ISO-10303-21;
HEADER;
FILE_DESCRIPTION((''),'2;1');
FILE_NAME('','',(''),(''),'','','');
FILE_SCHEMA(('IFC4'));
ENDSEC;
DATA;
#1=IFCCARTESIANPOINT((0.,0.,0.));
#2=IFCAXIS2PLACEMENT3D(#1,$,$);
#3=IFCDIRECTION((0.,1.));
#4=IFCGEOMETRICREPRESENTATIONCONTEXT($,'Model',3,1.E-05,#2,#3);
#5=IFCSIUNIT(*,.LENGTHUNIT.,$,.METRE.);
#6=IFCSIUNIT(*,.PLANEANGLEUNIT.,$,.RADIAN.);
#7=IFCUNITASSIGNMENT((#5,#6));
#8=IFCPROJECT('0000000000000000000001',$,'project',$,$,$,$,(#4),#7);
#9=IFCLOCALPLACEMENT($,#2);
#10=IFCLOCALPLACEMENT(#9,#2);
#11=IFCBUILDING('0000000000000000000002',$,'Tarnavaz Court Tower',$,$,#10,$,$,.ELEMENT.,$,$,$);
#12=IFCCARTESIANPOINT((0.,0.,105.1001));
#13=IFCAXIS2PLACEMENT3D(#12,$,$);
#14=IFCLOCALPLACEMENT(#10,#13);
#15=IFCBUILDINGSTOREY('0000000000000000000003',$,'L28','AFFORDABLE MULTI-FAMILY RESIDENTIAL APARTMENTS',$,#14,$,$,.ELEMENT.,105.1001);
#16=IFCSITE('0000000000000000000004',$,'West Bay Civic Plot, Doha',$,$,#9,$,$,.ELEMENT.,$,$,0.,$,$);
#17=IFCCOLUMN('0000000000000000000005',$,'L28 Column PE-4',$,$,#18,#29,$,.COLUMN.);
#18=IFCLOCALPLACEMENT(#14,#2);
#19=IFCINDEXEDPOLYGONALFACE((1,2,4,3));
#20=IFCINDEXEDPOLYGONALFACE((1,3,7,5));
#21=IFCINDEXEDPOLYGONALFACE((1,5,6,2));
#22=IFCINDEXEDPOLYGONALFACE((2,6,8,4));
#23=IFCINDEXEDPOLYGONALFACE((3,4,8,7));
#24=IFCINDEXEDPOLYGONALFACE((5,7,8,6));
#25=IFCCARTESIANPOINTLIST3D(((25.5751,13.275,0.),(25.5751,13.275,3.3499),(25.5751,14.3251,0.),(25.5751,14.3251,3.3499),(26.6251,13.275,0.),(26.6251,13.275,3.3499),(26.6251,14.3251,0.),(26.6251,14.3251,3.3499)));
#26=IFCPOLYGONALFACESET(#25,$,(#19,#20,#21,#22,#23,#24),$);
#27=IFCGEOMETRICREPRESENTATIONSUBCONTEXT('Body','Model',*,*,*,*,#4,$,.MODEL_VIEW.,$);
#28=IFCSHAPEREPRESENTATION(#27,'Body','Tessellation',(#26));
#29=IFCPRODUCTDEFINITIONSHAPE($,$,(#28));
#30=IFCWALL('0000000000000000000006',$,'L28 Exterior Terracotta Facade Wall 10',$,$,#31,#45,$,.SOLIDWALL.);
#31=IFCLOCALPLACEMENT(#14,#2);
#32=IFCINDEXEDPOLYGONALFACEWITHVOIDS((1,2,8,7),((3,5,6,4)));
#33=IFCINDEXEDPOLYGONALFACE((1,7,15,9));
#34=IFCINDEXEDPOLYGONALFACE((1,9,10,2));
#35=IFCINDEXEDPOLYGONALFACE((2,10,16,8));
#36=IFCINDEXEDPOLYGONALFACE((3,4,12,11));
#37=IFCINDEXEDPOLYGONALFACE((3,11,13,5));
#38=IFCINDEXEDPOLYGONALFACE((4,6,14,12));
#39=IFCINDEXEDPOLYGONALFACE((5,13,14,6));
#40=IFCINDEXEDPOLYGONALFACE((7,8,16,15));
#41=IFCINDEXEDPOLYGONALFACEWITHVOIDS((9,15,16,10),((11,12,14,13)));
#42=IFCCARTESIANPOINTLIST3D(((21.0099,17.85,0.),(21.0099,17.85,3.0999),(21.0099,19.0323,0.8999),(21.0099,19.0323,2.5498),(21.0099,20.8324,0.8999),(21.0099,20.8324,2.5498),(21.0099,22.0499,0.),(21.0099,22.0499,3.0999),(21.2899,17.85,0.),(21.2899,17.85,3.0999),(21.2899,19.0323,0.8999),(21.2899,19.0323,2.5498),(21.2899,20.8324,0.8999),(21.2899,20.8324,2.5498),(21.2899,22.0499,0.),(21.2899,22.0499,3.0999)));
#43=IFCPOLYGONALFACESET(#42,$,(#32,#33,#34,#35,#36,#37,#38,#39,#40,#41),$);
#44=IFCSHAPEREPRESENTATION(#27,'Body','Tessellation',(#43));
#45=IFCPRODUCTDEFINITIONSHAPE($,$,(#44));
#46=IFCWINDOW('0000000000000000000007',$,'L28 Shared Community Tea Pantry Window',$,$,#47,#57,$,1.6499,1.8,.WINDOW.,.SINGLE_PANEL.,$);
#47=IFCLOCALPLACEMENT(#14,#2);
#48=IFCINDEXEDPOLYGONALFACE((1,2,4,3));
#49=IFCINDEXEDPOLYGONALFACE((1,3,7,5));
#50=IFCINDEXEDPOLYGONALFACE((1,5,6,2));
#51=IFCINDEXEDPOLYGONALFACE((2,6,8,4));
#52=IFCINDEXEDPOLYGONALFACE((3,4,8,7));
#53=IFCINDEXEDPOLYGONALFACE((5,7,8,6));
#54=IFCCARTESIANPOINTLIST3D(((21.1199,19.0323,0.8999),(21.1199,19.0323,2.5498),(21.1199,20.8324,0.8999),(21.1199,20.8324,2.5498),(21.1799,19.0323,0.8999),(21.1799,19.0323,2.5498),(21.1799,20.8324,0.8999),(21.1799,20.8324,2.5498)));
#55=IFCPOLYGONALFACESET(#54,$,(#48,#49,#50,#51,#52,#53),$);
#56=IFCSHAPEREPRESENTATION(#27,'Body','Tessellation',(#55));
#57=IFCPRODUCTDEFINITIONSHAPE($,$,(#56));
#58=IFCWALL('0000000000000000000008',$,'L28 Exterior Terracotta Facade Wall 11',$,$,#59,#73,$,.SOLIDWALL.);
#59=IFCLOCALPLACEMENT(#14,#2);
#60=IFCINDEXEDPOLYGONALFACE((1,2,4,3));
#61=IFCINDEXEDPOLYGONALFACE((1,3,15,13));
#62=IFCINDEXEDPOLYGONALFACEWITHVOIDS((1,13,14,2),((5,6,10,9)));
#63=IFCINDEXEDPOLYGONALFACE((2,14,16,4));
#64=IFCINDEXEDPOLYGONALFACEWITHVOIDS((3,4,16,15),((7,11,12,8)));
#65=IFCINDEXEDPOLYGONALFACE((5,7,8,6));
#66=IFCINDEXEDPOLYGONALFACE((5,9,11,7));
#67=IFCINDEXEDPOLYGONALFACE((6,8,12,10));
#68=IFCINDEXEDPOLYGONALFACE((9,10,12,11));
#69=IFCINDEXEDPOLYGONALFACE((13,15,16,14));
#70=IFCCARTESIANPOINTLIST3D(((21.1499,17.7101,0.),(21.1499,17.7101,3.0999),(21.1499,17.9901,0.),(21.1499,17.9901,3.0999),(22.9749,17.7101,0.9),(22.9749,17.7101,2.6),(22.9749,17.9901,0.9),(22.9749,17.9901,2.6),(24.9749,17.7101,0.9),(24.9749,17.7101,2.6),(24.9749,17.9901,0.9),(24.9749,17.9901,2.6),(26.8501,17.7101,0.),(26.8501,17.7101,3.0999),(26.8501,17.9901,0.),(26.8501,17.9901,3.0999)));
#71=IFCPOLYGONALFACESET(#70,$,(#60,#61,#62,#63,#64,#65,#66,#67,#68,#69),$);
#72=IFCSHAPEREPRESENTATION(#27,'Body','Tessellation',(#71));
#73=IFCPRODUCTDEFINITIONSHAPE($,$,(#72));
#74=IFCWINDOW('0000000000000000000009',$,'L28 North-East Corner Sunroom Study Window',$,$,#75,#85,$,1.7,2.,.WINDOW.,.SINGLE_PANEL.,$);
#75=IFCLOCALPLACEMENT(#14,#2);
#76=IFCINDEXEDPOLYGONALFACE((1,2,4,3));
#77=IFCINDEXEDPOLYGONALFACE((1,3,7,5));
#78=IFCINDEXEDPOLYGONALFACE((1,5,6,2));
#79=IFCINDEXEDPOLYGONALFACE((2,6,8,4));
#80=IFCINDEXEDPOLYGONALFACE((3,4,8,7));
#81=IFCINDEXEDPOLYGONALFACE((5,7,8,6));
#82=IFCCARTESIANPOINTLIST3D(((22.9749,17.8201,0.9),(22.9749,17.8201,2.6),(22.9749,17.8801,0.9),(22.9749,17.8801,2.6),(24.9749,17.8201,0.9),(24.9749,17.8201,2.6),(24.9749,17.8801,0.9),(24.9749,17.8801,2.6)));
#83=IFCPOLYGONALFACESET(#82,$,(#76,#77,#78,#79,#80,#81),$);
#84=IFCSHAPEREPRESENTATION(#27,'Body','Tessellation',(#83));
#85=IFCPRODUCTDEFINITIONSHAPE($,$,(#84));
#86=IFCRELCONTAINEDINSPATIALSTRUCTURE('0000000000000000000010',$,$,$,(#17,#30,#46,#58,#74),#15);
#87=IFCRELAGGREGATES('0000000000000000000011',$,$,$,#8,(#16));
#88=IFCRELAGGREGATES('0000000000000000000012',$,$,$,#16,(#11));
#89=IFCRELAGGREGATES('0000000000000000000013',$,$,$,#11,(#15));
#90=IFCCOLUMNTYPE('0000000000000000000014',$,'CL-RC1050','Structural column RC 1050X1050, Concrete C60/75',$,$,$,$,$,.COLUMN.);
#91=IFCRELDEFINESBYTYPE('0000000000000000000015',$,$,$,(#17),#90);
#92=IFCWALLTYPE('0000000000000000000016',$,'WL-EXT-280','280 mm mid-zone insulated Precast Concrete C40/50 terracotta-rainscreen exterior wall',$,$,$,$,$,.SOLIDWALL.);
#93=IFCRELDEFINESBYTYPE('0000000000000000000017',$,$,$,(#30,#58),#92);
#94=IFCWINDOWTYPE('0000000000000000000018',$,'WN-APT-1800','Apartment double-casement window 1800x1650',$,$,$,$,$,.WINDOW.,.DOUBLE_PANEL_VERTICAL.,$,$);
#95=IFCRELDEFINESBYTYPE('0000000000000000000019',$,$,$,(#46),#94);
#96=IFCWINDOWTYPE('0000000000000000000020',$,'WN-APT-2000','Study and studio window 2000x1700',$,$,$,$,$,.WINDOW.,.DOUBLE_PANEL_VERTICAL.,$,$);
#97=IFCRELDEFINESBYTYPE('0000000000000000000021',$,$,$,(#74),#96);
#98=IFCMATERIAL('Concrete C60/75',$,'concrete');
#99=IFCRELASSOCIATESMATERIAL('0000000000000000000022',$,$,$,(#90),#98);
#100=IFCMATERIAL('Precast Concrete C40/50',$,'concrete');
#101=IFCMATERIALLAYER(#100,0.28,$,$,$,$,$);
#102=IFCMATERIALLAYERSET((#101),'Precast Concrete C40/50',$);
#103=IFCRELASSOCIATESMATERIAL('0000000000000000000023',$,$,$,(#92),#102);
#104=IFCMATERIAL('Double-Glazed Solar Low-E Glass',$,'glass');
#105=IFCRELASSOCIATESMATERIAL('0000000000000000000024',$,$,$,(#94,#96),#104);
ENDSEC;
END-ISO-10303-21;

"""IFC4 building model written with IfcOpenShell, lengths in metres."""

from ifc_helpers import new_model, si_unit, direction, frame, frame_2d, origin, origin_2d, place, context, subcontext, project, spatial, rectangle, extrude, material, layer, layer_set, material_profile, profile_set, type_object, element, fill, save


model = new_model("IFC4")

# Units and contexts
model_context = context("Model", 3, precision=1e-05, world=origin(), true_north=direction((0.0, 1.0)))
body_context = subcontext(model_context, "Body", "Model", "MODEL_VIEW")
ifc_project = project(units=[si_unit("LENGTHUNIT", "METRE"), si_unit("PLANEANGLEUNIT", "RADIAN")], contexts=[model_context])

# Site, building, storey
site_placement = place(None, origin())
site = spatial("IfcSite", under=ifc_project, at=site_placement, Name="West Bay Civic Plot, Doha", CompositionType="ELEMENT", RefElevation=0.0)
building_placement = place(site_placement, origin())
building = spatial("IfcBuilding", under=site, at=building_placement, Name="Tarnavaz Court Tower", CompositionType="ELEMENT")
storey_placement = place(building_placement, frame((0.0, 0.0, 105.1001)))
storey = spatial("IfcBuildingStorey", under=building, at=storey_placement, Name="L28", Description="AFFORDABLE MULTI-FAMILY RESIDENTIAL APARTMENTS", CompositionType="ELEMENT", Elevation=105.1001)

# Column
ifc_material_1 = material(Name="Concrete C60/75", Category="concrete")
ifc_material_profile_1 = material_profile(ifc_material_1, rectangle(XDim=1.05, YDim=1.05, at=origin_2d()), Name="RC 1050X1050")
ifc_profile_set_1 = profile_set([ifc_material_profile_1], Name="Concrete C60/75")
column_type = type_object("IfcColumnType", Name="CL-RC1050", Description="Structural column RC 1050X1050, Concrete C60/75", PredefinedType="COLUMN", material=ifc_profile_set_1)
column_placement = place(storey_placement, frame((26.1001, 13.8, 0.0), z_axis=(0.0, 0.0, 1.0), x_axis=(1.0, 0.0, 0.0)))
element("IfcColumn", 1, at=column_placement, inside=storey, type_object=column_type, Name="L28 Column PE-4", PredefinedType="COLUMN", context=body_context, shape_type="SweptSolid", body=[
    extrude(rectangle(XDim=1.05, YDim=1.05, at=origin_2d()), origin(), (0.0, 0.0, 1.0), 3.3499),
])

# Walls, openings, windows
ifc_material_2 = material(Name="Precast Concrete C40/50", Category="concrete")
ifc_layer_1 = layer(ifc_material_2, 0.28)
ifc_layer_set_1 = layer_set([ifc_layer_1], Name="Precast Concrete C40/50")
wall_type_1 = type_object("IfcWallType", Name="WL-EXT-280", Description="280 mm mid-zone insulated Precast Concrete C40/50 terracotta-rainscreen exterior wall", PredefinedType="SOLIDWALL", material=ifc_layer_set_1)
wall_1_placement = place(storey_placement, frame((21.1499, 22.05, 0.0), z_axis=(0.0, 0.0, 1.0), x_axis=(0.0, -1.0, 0.0)))
wall_1 = element("IfcWall", 2, at=wall_1_placement, inside=storey, type_object=wall_type_1, Name="L28 Exterior Terracotta Facade Wall 10", PredefinedType="SOLIDWALL", context=body_context, shape_type="SweptSolid", body=[
    extrude(rectangle(XDim=4.2, YDim=0.28, at=frame_2d((2.1001, 0.0))), origin(), (0.0, 0.0, 1.0), 3.0999),
])
opening_1_placement = place(wall_1_placement, frame((1.2178, 0.0, 0.8999)))
opening_1 = element("IfcOpeningElement", 3, at=opening_1_placement, cuts=wall_1, PredefinedType="OPENING", context=body_context, shape_type="SweptSolid", body=[
    extrude(rectangle(XDim=1.8, YDim=1.6499, at=frame_2d((0.8999, 0.825))), frame((0.0, 0.1499, 0.0), z_axis=(0.0, -1.0, 0.0), x_axis=(1.0, 0.0, 0.0)), (0.0, 0.0, 1.0), 0.3),
])
ifc_material_3 = material(Name="Double-Glazed Solar Low-E Glass", Category="glass")
window_type_1 = type_object("IfcWindowType", Name="WN-APT-1800", Description="Apartment double-casement window 1800x1650", PartitioningType="DOUBLE_PANEL_VERTICAL", PredefinedType="WINDOW", material=ifc_material_3)
window_1_placement = place(opening_1_placement, origin())
window_1 = element("IfcWindow", 4, at=window_1_placement, inside=storey, type_object=window_type_1, Name="L28 Shared Community Tea Pantry Window", OverallHeight=1.6499, OverallWidth=1.8, PartitioningType="SINGLE_PANEL", PredefinedType="WINDOW", context=body_context, shape_type="SweptSolid", body=[
    extrude(rectangle(XDim=1.8, YDim=1.6499, at=frame_2d((0.8999, 0.825))), frame((0.0, 0.03, 0.0), z_axis=(0.0, -1.0, 0.0), x_axis=(1.0, 0.0, 0.0)), (0.0, 0.0, 1.0), 0.0601),
])
fill(opening_1, window_1)
wall_2_placement = place(storey_placement, frame((21.1499, 17.8501, 0.0), z_axis=(0.0, 0.0, 1.0), x_axis=(1.0, 0.0, 0.0)))
wall_2 = element("IfcWall", 5, at=wall_2_placement, inside=storey, type_object=wall_type_1, Name="L28 Exterior Terracotta Facade Wall 11", PredefinedType="SOLIDWALL", context=body_context, shape_type="SweptSolid", body=[
    extrude(rectangle(XDim=5.7002, YDim=0.28, at=frame_2d((2.8501, 0.0))), origin(), (0.0, 0.0, 1.0), 3.0999),
])
opening_2_placement = place(wall_2_placement, frame((1.825, 0.0, 0.8999)))
opening_2 = element("IfcOpeningElement", 6, at=opening_2_placement, cuts=wall_2, PredefinedType="OPENING", context=body_context, shape_type="SweptSolid", body=[
    extrude(rectangle(XDim=2.0, YDim=1.7, at=frame_2d((1.0, 0.8501))), frame((0.0, 0.1499, 0.0), z_axis=(0.0, -1.0, 0.0), x_axis=(1.0, 0.0, 0.0)), (0.0, 0.0, 1.0), 0.3),
])
window_type_2 = type_object("IfcWindowType", Name="WN-APT-2000", Description="Study and studio window 2000x1700", PartitioningType="DOUBLE_PANEL_VERTICAL", PredefinedType="WINDOW", material=ifc_material_3)
window_2_placement = place(opening_2_placement, origin())
window_2 = element("IfcWindow", 7, at=window_2_placement, inside=storey, type_object=window_type_2, Name="L28 North-East Corner Sunroom Study Window", OverallHeight=1.7, OverallWidth=2.0, PartitioningType="SINGLE_PANEL", PredefinedType="WINDOW", context=body_context, shape_type="SweptSolid", body=[
    extrude(rectangle(XDim=2.0, YDim=1.7, at=frame_2d((1.0, 0.8501))), frame((0.0, 0.03, 0.0), z_axis=(0.0, -1.0, 0.0), x_axis=(1.0, 0.0, 0.0)), (0.0, 0.0, 1.0), 0.0601),
])
fill(opening_2, window_2)

save(model, "model.ifc")
